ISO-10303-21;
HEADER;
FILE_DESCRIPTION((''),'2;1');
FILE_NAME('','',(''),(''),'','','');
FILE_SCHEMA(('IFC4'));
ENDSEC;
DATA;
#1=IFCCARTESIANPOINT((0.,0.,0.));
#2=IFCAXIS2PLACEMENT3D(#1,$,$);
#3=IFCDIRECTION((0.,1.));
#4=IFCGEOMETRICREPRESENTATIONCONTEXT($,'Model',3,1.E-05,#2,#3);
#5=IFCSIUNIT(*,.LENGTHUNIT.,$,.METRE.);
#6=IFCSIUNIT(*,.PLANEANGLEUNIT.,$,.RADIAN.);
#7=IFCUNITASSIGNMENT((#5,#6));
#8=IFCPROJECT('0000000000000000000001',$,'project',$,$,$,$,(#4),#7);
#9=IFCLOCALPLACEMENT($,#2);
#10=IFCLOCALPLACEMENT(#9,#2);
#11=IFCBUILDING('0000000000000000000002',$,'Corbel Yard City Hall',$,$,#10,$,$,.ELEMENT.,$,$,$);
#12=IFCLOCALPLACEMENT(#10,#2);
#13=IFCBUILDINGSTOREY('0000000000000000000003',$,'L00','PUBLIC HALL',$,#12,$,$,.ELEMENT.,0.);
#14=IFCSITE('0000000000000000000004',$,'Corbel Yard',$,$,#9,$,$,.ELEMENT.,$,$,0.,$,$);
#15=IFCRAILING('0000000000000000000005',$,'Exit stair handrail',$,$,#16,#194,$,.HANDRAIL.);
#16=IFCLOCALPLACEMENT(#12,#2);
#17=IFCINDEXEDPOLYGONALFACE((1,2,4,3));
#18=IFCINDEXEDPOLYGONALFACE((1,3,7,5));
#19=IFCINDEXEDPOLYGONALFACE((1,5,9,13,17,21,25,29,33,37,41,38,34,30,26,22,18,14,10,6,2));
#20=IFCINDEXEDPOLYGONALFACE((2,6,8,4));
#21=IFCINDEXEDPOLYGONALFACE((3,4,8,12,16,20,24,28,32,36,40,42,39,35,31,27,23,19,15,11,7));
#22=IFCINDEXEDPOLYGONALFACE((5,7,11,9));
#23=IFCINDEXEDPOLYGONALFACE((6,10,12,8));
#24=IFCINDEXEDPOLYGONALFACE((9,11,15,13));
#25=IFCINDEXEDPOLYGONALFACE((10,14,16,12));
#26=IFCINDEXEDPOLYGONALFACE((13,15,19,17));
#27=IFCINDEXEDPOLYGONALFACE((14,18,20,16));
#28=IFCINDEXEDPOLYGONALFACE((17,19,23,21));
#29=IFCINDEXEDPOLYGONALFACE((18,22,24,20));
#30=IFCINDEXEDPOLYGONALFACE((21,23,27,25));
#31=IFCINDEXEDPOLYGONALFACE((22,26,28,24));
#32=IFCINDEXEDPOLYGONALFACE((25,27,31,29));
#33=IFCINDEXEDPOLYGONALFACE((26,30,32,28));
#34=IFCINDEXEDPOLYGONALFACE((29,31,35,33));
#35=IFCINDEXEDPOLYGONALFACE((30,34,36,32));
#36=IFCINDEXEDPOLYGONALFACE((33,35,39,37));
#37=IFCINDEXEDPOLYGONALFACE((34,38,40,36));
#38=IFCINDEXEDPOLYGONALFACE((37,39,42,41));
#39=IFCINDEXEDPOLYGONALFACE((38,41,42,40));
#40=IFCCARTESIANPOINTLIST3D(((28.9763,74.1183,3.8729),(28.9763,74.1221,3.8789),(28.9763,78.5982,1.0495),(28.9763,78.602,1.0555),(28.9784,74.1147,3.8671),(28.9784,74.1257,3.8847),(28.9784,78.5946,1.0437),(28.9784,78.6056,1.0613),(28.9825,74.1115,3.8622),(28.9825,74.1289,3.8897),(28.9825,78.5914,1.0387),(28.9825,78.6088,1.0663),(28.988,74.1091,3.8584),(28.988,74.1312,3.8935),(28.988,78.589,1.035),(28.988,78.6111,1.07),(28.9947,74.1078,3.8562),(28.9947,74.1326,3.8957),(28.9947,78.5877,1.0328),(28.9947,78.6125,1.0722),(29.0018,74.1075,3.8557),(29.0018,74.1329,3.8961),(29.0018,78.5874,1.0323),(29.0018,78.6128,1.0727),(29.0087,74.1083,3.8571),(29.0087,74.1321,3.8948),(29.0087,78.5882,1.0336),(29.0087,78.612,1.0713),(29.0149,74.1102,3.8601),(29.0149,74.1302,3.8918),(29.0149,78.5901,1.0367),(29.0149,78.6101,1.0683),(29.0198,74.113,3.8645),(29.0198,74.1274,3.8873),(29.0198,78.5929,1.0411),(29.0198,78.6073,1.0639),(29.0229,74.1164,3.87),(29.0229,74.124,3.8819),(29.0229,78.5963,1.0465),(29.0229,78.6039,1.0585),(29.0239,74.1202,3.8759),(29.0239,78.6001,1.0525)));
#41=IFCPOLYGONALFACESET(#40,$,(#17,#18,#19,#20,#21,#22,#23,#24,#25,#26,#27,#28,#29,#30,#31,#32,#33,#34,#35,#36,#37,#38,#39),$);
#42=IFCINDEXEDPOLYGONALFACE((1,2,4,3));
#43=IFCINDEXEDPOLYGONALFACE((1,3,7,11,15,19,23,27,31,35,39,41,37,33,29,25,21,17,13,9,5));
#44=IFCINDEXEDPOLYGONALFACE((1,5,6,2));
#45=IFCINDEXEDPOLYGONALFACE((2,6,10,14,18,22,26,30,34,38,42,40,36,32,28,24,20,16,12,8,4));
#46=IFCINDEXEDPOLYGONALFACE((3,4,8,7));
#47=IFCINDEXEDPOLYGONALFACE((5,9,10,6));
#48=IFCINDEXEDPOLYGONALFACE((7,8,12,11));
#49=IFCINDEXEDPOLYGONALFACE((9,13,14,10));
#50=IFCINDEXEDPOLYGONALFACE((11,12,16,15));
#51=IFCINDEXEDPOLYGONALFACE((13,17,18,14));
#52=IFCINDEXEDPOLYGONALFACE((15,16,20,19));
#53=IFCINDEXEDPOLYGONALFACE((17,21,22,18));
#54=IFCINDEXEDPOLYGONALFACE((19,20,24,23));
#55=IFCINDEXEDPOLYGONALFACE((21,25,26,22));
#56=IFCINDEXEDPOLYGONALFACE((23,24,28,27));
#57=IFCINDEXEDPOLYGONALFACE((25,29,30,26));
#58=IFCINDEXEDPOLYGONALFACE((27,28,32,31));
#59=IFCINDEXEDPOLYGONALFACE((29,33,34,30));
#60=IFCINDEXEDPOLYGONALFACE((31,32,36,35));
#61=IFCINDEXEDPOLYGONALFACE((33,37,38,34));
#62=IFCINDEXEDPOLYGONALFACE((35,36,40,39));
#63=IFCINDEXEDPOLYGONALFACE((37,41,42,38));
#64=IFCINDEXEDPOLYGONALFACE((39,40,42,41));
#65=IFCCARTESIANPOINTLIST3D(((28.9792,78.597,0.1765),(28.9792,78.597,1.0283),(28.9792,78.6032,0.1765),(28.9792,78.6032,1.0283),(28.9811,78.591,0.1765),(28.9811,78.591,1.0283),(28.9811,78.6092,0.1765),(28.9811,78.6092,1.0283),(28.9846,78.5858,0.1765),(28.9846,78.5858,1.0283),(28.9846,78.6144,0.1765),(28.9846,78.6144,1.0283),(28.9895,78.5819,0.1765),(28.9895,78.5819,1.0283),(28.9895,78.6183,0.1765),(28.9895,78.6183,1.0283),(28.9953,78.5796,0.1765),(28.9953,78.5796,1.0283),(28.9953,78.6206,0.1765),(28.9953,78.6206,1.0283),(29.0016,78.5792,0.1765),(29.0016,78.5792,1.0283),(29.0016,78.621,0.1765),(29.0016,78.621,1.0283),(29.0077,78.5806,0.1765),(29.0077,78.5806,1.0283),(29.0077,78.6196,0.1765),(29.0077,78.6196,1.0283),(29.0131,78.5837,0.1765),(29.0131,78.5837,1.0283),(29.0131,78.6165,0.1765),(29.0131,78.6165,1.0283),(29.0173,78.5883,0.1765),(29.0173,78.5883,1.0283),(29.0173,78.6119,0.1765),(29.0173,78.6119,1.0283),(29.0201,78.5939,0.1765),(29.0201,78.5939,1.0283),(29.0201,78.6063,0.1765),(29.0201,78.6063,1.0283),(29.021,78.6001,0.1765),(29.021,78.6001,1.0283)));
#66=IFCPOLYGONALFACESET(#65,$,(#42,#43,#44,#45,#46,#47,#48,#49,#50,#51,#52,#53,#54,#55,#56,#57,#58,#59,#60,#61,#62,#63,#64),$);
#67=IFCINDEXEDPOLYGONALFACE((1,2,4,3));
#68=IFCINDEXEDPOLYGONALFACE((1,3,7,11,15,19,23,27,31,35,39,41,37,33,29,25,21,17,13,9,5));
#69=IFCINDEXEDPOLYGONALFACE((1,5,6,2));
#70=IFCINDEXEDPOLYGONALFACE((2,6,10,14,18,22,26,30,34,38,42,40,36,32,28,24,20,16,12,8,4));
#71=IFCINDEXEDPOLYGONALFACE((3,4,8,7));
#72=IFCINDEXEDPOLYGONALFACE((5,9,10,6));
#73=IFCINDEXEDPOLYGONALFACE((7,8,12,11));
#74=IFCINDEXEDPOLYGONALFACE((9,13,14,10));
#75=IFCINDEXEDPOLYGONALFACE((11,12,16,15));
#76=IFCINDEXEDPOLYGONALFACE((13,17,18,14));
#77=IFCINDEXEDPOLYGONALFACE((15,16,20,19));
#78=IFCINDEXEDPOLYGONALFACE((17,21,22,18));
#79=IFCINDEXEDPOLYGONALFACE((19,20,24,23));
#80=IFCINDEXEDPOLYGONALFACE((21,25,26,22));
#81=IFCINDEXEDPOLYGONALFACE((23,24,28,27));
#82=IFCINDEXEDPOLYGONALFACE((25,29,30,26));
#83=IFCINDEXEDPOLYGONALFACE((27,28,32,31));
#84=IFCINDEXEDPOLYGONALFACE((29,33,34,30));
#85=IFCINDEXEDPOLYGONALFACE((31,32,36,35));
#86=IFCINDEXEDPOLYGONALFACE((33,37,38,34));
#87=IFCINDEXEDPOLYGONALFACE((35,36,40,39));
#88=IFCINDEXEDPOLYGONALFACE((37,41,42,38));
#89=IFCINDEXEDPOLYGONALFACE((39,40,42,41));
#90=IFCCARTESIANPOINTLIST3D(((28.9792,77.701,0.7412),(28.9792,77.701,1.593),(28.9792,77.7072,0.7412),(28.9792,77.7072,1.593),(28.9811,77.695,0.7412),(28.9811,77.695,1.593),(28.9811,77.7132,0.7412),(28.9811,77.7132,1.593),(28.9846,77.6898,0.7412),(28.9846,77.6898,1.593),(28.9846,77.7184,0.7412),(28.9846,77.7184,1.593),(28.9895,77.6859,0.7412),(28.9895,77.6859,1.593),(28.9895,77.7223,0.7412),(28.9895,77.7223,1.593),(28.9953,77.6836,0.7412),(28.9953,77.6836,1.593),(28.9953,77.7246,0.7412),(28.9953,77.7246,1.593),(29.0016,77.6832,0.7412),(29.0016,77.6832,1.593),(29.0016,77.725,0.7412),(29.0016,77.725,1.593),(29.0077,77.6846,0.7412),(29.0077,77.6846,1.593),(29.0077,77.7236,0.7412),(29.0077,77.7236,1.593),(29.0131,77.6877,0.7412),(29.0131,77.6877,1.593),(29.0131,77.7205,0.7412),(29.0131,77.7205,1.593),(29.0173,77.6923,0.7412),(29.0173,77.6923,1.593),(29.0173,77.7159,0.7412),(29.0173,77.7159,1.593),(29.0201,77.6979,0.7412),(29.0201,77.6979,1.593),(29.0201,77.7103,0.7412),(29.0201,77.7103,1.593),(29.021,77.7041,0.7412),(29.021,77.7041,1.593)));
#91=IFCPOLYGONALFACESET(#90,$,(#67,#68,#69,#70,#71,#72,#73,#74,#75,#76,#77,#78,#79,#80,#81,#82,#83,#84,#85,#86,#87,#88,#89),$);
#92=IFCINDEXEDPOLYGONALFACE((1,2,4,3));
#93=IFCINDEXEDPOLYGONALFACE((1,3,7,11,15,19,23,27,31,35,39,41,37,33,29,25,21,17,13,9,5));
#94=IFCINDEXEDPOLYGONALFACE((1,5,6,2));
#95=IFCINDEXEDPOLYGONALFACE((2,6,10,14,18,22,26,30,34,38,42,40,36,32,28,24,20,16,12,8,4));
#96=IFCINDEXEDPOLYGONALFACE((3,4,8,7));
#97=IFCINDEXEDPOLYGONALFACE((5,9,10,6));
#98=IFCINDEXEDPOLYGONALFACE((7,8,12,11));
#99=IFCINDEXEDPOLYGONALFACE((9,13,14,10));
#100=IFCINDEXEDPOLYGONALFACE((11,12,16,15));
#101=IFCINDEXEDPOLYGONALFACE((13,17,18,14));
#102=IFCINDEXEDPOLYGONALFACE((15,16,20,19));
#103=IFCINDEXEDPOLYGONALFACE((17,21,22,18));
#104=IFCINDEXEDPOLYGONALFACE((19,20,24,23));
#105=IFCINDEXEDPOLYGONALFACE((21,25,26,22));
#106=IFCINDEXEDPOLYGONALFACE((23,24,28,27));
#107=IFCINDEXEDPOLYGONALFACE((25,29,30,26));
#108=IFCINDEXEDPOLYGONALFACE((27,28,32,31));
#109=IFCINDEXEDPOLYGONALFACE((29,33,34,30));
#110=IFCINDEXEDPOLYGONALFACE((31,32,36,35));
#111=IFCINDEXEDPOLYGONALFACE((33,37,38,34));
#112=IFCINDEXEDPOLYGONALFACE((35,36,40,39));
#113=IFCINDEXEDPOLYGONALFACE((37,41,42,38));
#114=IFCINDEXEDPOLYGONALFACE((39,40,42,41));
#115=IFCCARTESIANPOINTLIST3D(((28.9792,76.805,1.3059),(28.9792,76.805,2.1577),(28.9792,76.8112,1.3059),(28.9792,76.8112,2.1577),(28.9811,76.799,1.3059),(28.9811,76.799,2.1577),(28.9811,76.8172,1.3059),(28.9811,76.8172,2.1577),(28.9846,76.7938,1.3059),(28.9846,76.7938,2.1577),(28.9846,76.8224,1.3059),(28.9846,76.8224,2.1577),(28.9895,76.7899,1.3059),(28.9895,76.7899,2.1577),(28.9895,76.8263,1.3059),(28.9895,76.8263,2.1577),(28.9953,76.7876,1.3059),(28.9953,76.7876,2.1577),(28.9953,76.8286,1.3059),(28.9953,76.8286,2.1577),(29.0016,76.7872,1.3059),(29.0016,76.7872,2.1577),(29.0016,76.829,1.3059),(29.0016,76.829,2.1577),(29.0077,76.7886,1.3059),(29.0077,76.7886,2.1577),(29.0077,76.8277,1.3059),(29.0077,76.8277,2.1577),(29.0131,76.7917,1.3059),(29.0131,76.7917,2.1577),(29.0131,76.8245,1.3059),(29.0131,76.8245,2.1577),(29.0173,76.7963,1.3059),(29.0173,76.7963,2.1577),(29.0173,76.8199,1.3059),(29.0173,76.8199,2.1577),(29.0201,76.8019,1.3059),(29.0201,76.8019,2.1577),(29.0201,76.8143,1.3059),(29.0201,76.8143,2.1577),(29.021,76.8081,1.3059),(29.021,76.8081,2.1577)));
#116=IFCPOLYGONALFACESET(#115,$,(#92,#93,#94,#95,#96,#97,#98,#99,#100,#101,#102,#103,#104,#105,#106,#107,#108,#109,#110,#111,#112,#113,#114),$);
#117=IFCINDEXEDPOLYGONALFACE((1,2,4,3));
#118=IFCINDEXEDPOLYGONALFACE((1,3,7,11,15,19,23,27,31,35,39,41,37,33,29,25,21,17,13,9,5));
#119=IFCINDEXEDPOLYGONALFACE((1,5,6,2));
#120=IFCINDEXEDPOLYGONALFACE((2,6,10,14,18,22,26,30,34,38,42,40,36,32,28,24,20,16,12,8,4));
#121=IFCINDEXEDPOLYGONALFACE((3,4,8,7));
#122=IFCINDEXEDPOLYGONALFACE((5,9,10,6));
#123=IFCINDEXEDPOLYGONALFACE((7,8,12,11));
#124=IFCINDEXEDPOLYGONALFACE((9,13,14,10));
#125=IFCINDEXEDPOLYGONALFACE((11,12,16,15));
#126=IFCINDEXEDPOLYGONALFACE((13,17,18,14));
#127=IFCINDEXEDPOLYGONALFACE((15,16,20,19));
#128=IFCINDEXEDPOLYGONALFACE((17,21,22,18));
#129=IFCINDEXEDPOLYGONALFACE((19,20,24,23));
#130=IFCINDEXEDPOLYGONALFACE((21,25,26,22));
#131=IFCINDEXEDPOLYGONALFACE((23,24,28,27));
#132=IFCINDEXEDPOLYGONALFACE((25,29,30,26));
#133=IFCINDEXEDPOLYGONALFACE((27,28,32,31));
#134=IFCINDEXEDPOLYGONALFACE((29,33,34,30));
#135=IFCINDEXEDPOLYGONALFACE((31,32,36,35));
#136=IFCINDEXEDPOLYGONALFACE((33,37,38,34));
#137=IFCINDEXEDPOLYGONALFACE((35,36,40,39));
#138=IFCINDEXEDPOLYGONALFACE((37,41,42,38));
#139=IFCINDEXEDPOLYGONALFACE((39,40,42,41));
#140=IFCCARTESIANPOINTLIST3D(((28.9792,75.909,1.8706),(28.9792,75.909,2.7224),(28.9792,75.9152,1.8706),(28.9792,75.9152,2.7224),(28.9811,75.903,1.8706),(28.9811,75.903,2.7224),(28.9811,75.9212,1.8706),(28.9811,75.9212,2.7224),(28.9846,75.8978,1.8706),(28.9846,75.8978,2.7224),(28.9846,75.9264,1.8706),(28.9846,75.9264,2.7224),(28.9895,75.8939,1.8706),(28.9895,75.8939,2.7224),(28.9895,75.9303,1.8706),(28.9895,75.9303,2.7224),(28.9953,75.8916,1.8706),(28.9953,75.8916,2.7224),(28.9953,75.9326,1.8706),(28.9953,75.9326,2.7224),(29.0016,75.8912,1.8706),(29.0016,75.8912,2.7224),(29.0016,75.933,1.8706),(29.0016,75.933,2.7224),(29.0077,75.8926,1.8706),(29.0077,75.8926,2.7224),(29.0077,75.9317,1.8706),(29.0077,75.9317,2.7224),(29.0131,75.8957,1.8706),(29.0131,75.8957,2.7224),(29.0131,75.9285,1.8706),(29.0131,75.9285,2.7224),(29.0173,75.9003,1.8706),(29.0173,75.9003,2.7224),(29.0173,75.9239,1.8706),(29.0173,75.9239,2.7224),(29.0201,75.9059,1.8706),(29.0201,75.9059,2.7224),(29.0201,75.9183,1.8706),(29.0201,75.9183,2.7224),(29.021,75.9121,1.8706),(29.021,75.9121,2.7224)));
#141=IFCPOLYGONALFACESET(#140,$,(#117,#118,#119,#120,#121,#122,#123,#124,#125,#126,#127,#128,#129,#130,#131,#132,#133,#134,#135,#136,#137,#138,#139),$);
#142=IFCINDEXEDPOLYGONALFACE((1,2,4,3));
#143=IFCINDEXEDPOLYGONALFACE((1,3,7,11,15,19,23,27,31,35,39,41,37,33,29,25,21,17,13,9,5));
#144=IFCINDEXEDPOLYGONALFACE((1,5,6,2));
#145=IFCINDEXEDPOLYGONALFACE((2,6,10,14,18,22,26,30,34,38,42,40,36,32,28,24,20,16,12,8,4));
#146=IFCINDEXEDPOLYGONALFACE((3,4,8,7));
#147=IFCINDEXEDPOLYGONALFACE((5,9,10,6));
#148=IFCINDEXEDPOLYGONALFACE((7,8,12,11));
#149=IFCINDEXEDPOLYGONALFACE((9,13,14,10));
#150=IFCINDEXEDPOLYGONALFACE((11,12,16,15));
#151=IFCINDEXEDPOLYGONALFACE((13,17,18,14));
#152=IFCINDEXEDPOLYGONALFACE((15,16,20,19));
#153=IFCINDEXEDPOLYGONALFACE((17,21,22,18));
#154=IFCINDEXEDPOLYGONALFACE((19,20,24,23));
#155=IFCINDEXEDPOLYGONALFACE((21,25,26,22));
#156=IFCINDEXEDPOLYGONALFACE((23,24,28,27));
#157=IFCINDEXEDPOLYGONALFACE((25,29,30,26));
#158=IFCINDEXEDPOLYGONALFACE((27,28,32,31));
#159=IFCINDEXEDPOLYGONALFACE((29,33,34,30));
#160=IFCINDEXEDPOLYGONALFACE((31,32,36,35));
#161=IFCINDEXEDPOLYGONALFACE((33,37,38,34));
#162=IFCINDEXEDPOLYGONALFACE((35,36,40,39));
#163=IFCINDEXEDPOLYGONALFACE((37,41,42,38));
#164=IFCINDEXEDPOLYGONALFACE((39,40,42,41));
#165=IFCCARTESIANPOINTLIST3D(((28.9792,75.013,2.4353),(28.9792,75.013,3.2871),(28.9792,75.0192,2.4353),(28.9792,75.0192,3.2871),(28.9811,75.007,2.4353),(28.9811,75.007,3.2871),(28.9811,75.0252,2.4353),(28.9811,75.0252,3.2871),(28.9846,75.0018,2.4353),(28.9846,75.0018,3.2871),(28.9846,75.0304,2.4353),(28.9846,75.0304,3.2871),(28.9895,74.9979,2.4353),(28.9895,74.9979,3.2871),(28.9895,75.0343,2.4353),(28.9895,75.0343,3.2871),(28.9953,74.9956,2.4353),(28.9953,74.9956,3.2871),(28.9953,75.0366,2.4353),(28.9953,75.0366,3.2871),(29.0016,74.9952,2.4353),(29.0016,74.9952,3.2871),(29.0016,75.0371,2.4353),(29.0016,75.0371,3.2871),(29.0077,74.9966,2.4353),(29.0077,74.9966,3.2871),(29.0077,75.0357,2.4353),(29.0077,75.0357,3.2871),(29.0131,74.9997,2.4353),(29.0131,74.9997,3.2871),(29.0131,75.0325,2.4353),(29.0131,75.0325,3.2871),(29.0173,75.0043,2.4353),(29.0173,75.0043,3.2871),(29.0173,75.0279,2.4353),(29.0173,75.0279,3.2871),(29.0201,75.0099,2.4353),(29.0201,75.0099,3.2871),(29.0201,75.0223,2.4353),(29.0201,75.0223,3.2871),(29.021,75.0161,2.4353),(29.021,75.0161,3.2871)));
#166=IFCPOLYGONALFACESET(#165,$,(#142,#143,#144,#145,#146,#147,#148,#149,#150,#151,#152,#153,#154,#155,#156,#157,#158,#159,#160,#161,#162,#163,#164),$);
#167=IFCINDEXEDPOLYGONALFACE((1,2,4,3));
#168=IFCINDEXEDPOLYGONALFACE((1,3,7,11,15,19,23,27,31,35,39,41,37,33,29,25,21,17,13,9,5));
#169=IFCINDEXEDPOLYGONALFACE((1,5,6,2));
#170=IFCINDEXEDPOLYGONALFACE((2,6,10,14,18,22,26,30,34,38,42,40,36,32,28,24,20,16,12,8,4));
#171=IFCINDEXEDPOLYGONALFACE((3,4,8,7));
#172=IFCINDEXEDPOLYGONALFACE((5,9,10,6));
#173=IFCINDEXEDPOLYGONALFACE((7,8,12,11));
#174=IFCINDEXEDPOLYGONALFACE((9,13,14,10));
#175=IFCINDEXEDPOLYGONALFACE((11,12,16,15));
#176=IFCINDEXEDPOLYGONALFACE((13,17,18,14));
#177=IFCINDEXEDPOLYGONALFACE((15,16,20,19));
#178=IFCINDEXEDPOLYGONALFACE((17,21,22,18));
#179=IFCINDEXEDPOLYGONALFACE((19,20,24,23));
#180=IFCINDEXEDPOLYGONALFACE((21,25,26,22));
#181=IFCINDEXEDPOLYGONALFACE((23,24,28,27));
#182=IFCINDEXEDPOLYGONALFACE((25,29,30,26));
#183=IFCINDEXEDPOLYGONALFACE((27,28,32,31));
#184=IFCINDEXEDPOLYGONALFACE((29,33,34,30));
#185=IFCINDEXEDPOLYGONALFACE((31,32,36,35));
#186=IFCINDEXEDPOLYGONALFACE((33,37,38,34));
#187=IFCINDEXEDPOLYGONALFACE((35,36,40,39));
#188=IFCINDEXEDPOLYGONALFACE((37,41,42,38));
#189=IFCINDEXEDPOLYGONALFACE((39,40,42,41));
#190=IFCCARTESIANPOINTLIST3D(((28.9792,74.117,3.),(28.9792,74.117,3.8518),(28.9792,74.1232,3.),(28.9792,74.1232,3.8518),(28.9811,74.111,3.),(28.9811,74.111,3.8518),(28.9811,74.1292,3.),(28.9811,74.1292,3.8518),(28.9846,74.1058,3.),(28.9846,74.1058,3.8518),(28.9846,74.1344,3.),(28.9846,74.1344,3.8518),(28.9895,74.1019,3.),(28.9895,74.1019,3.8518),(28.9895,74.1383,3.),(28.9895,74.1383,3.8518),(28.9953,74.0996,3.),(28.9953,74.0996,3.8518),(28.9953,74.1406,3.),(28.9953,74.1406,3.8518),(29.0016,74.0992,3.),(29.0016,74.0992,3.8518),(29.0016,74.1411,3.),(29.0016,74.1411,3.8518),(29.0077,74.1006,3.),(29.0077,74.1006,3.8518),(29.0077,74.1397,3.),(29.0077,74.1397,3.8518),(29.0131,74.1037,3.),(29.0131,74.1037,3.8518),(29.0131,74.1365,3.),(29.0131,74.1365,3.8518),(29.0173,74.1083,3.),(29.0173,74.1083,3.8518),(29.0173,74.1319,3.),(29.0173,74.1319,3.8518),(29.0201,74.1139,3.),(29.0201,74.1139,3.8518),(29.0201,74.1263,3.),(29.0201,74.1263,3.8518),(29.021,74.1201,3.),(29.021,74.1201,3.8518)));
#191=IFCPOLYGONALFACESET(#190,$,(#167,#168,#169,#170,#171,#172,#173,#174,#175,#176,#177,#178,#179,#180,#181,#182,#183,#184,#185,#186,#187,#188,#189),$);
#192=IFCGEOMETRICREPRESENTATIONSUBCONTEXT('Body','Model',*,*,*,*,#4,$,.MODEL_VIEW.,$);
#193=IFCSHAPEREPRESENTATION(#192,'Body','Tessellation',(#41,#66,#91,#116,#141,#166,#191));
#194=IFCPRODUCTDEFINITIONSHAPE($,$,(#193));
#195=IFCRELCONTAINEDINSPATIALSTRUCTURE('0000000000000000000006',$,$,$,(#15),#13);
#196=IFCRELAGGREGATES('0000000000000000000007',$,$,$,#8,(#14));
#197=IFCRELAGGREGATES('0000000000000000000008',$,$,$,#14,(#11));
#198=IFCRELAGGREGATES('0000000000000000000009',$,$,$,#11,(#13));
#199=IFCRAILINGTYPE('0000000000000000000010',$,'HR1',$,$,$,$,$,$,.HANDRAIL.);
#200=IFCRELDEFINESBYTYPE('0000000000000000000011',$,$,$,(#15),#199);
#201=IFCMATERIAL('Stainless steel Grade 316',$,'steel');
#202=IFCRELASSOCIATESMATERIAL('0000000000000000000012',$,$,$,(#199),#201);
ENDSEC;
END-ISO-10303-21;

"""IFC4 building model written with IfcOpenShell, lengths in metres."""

from ifc_helpers import new_model, si_unit, direction, frame, origin, origin_2d, place, context, subcontext, project, spatial, circle, extrude, material, type_object, element, save


model = new_model("IFC4")

# Units and contexts
model_context = context("Model", 3, precision=1e-05, world=origin(), true_north=direction((0.0, 1.0)))
body_context = subcontext(model_context, "Body", "Model", "MODEL_VIEW")
ifc_project = project(units=[si_unit("LENGTHUNIT", "METRE"), si_unit("PLANEANGLEUNIT", "RADIAN")], contexts=[model_context])

# Site, building, storey
site_placement = place(None, origin())
site = spatial("IfcSite", under=ifc_project, at=site_placement, Name="Corbel Yard", CompositionType="ELEMENT", RefElevation=0.0)
building_placement = place(site_placement, origin())
building = spatial("IfcBuilding", under=site, at=building_placement, Name="Corbel Yard City Hall", CompositionType="ELEMENT")
storey_placement = place(building_placement, origin())
storey = spatial("IfcBuildingStorey", under=building, at=storey_placement, Name="L00", Description="PUBLIC HALL", CompositionType="ELEMENT", Elevation=0.0)

# Shared definitions
ifc_material_1 = material(Name="Stainless steel Grade 316", Category="steel")

# Railing
railing_type = type_object("IfcRailingType", Name="HR1", PredefinedType="HANDRAIL", material=ifc_material_1)
railing_placement = place(storey_placement, frame((29.0, 78.6001, 0.1765)))
element("IfcRailing", 1, at=railing_placement, inside=storey, type_object=railing_type, Name="Exit stair handrail", PredefinedType="HANDRAIL", context=body_context, shape_type="SweptSolid", body=[
    extrude(circle(Radius=0.0239, at=origin_2d()), frame((0.0, 0.0, 0.876), z_axis=(0.0, -0.845998, 0.533186), x_axis=(1.0, 0.0, 0.0)), (0.0, 0.0, 1.0), 5.2954),
    extrude(circle(Radius=0.021, at=origin_2d()), origin(), (0.0, 0.0, 1.0), 0.8518),
    extrude(circle(Radius=0.021, at=origin_2d()), frame((0.0, -0.896, 0.5647)), (0.0, 0.0, 1.0), 0.8518),
    extrude(circle(Radius=0.021, at=origin_2d()), frame((0.0, -1.792, 1.1294)), (0.0, 0.0, 1.0), 0.8518),
    extrude(circle(Radius=0.021, at=origin_2d()), frame((0.0, -2.688, 1.6941)), (0.0, 0.0, 1.0), 0.8518),
    extrude(circle(Radius=0.021, at=origin_2d()), frame((0.0, -3.584, 2.2588)), (0.0, 0.0, 1.0), 0.8518),
    extrude(circle(Radius=0.021, at=origin_2d()), frame((0.0, -4.48, 2.8235)), (0.0, 0.0, 1.0), 0.8518),
])

save(model, "model.ifc")
